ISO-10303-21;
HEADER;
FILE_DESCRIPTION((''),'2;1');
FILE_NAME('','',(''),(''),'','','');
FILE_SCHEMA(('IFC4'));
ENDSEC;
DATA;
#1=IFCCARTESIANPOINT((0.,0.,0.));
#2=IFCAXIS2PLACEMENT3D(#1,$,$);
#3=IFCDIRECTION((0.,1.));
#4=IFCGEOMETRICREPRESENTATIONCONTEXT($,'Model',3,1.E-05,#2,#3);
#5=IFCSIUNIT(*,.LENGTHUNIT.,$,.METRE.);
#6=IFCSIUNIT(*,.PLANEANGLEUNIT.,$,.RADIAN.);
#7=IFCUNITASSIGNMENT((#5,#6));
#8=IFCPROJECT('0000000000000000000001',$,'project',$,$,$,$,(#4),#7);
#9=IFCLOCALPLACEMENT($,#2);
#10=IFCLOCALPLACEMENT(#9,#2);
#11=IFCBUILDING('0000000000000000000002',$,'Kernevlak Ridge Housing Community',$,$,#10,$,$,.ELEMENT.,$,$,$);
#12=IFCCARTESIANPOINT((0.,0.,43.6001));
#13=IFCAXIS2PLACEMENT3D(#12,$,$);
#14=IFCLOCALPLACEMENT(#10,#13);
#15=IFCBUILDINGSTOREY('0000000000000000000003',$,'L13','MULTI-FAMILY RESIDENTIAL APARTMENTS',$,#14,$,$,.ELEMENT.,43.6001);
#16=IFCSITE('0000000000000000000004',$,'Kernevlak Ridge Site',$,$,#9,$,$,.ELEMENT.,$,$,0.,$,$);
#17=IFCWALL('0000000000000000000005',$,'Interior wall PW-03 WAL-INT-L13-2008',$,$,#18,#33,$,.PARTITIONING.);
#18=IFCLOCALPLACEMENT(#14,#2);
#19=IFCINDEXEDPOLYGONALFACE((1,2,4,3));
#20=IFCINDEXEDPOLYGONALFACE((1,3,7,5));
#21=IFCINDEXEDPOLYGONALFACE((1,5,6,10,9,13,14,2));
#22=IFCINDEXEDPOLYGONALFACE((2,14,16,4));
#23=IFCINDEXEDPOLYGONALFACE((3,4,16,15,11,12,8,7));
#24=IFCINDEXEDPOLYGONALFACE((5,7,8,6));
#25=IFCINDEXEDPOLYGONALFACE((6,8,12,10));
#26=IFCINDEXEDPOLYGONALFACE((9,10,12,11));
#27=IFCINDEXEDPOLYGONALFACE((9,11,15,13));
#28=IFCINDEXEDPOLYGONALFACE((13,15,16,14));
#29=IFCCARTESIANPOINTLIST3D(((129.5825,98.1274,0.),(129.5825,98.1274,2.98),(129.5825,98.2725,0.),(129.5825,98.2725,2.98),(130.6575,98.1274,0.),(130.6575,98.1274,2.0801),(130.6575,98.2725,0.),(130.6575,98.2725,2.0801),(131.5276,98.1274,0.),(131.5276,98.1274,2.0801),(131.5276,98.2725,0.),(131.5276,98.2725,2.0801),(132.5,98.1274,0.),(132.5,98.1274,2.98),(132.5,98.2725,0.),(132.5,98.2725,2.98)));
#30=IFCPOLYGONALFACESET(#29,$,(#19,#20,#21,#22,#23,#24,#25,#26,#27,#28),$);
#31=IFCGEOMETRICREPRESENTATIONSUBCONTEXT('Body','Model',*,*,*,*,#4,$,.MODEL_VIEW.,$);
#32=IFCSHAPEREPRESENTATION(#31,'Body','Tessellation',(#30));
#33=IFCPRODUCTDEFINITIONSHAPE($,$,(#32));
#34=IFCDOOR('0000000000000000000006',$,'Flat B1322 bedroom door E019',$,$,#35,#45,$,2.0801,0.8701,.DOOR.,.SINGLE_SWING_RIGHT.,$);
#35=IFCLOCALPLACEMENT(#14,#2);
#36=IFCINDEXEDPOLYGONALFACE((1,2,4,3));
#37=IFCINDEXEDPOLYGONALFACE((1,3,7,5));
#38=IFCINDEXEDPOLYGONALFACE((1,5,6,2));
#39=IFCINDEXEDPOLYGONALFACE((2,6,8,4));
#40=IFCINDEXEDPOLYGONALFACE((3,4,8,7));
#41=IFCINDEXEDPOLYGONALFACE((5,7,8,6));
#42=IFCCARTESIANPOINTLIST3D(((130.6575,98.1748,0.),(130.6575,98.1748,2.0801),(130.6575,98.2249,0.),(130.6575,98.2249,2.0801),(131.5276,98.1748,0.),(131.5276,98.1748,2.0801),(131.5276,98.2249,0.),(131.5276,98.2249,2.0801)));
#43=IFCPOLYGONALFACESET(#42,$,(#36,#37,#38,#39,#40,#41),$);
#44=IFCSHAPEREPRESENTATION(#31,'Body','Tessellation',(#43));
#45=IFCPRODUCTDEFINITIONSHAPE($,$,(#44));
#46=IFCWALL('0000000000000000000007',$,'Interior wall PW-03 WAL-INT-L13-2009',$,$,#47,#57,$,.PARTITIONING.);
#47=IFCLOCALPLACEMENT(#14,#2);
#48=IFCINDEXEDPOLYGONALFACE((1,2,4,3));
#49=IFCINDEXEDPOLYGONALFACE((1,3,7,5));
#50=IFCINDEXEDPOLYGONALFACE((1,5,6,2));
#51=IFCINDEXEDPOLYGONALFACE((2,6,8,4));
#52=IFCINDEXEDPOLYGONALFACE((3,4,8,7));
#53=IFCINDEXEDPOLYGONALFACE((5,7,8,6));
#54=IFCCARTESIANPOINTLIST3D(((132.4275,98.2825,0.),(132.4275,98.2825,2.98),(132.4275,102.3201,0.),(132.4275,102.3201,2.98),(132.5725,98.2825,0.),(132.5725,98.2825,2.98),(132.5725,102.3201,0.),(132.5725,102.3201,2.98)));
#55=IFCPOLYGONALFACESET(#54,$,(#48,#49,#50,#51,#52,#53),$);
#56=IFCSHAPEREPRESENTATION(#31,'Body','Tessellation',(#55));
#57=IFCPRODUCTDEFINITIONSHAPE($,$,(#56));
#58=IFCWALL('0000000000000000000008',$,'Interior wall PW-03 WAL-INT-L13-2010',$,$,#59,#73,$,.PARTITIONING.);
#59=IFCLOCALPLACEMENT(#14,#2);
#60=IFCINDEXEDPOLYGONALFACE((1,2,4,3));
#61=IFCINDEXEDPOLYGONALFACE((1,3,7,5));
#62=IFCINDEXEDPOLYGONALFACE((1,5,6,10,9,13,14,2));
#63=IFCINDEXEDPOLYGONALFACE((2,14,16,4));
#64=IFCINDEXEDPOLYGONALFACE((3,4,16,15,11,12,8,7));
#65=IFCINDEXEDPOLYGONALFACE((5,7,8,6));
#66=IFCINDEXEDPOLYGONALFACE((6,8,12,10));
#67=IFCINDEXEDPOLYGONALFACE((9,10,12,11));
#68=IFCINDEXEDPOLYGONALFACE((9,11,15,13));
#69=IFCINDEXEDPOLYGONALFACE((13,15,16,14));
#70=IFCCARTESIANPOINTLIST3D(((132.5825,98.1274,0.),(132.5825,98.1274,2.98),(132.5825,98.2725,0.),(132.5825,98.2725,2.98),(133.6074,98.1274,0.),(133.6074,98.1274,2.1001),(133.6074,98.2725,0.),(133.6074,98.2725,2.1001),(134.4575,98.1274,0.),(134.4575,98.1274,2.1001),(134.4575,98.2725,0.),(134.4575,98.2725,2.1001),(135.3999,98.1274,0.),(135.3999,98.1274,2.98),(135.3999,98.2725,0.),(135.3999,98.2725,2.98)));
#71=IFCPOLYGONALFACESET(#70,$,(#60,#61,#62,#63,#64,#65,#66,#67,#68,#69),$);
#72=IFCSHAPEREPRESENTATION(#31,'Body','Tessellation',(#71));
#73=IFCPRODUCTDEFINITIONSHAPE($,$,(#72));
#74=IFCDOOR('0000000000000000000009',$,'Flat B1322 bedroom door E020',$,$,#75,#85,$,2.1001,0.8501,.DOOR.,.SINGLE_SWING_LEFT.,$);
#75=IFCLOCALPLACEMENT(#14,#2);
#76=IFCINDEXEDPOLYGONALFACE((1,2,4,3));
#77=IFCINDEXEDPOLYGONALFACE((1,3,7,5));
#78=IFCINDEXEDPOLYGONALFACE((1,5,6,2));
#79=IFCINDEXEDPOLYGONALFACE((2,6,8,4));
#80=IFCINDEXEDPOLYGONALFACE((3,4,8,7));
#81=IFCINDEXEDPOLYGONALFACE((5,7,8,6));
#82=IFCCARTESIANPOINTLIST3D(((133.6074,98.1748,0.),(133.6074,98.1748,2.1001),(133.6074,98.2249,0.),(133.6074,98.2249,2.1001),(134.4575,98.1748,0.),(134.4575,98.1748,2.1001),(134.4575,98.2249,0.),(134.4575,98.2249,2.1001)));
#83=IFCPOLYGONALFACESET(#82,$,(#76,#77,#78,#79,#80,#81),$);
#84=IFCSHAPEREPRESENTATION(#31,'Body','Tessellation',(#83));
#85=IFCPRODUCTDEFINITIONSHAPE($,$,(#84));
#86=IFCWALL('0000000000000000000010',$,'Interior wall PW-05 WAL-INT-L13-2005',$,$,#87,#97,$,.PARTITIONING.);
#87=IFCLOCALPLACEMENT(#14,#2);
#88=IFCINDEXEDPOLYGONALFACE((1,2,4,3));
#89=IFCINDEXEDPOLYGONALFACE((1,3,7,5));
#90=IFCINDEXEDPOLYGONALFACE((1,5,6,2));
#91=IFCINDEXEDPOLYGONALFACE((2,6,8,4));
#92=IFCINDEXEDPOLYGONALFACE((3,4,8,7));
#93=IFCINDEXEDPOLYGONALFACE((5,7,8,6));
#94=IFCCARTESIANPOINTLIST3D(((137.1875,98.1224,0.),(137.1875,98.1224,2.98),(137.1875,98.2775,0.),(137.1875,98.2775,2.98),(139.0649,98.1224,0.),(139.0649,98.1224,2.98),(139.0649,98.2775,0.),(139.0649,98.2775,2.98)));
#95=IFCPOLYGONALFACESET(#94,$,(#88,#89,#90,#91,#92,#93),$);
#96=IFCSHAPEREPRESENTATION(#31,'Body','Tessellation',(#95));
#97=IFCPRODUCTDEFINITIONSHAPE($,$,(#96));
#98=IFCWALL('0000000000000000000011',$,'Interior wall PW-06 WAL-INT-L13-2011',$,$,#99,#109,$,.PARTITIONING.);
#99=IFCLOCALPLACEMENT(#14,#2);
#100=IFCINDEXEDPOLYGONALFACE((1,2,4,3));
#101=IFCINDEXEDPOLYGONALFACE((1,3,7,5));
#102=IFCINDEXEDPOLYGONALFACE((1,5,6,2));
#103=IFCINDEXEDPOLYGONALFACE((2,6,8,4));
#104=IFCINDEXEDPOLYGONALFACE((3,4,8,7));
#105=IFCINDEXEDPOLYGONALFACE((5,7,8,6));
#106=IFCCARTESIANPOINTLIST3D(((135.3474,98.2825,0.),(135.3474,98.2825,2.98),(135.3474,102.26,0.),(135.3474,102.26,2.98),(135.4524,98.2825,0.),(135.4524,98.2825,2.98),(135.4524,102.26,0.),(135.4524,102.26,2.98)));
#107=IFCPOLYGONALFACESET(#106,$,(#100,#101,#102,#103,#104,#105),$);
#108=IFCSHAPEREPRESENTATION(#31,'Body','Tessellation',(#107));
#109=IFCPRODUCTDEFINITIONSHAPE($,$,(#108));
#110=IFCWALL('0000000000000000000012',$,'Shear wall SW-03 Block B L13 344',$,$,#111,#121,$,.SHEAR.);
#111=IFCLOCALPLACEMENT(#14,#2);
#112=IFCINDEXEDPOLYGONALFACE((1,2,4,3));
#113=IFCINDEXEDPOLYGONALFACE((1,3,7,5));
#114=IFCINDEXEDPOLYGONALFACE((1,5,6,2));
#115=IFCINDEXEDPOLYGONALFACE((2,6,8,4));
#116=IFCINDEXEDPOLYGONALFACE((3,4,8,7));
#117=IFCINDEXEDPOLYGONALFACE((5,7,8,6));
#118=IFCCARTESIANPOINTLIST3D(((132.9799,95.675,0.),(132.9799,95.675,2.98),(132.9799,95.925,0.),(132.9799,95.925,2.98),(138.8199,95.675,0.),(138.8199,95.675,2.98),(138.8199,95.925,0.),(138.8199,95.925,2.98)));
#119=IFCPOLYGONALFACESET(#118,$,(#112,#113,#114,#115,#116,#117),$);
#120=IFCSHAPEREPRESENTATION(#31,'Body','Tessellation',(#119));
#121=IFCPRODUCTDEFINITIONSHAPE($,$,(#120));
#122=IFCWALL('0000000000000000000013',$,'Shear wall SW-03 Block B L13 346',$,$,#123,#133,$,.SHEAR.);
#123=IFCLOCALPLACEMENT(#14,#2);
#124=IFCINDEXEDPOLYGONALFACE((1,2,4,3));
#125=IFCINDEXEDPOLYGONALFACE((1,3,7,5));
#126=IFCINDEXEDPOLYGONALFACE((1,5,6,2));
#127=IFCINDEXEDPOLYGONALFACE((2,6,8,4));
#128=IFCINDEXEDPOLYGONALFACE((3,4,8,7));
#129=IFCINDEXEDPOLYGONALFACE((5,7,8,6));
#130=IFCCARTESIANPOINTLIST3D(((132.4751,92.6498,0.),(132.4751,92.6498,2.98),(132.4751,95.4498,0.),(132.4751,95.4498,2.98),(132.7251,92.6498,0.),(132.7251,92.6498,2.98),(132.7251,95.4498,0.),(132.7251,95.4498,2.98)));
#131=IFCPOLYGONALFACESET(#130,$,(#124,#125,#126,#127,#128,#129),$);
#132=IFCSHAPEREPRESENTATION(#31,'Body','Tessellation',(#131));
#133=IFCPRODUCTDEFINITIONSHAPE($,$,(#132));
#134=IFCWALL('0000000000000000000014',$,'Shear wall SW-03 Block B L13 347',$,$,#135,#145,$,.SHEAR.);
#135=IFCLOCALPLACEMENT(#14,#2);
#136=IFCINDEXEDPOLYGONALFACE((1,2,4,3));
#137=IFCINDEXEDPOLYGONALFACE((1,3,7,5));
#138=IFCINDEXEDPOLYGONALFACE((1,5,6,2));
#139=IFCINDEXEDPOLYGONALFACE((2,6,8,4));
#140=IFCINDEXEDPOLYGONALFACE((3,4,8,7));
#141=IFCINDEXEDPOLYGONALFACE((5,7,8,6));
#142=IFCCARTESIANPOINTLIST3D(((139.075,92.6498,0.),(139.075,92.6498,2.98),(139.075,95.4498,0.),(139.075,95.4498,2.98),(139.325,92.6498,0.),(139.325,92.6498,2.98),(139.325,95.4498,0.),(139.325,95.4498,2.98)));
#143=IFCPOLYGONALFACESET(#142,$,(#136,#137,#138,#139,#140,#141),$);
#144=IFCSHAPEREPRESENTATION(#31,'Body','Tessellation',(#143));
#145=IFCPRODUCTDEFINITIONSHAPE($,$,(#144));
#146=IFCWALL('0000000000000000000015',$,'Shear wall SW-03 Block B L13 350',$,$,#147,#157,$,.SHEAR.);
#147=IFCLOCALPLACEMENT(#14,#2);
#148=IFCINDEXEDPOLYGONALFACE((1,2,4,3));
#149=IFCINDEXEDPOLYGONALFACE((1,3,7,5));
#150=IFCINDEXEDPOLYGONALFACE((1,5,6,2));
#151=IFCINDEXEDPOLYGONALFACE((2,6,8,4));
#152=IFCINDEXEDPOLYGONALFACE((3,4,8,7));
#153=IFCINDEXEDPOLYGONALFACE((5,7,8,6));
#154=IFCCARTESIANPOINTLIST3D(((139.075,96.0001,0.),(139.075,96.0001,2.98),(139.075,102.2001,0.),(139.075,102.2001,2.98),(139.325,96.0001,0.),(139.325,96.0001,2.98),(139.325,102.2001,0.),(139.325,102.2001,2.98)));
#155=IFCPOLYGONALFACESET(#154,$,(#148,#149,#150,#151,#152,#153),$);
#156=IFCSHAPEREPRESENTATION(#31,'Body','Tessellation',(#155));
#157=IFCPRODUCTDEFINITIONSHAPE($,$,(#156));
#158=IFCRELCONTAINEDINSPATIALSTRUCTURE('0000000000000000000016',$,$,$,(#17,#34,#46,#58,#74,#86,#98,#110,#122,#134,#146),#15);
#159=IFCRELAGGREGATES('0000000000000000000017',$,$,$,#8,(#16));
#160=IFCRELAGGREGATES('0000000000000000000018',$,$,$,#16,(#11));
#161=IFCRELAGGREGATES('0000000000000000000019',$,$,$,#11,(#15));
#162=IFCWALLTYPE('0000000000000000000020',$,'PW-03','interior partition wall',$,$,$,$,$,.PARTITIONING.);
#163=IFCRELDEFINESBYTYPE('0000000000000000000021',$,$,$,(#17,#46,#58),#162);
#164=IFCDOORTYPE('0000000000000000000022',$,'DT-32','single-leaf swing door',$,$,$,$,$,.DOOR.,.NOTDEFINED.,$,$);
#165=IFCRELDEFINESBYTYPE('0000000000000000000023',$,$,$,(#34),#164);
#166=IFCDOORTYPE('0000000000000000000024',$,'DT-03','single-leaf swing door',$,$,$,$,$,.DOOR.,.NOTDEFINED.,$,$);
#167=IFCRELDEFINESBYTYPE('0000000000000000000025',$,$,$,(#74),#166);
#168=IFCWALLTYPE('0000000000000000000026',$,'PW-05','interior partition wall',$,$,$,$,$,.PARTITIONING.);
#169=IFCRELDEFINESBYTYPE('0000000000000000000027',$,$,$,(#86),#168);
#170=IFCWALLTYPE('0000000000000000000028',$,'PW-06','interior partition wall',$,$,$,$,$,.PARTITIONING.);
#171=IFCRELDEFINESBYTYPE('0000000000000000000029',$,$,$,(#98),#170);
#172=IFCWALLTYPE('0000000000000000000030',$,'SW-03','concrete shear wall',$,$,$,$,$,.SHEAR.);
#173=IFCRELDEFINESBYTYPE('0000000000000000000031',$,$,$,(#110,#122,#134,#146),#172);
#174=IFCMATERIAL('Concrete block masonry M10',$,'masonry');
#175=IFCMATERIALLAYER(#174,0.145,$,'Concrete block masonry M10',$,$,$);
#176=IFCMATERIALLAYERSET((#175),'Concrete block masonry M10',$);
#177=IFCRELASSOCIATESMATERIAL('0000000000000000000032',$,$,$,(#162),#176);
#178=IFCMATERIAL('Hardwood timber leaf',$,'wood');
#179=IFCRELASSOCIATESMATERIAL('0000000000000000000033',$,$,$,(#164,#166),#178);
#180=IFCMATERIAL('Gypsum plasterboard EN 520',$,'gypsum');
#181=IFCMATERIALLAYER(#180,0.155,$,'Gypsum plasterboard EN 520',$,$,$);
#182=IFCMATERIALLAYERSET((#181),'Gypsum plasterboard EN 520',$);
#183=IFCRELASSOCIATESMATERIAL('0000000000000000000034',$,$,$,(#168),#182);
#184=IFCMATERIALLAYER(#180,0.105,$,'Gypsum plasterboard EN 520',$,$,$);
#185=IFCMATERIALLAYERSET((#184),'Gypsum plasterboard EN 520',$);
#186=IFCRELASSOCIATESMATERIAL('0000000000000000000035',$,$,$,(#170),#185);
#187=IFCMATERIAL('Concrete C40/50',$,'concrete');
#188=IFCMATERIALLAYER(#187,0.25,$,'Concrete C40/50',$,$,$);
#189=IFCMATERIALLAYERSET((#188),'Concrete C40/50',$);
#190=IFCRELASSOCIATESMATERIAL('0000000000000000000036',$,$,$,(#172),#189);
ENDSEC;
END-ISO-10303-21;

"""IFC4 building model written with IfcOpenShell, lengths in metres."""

from ifc_helpers import new_model, si_unit, direction, frame, frame_2d, origin, place, context, subcontext, project, spatial, rectangle, extrude, material, layer, layer_set, type_object, element, fill, save


model = new_model("IFC4")

# Units and contexts
model_context = context("Model", 3, precision=1e-05, world=origin(), true_north=direction((0.0, 1.0)))
body_context = subcontext(model_context, "Body", "Model", "MODEL_VIEW")
ifc_project = project(units=[si_unit("LENGTHUNIT", "METRE"), si_unit("PLANEANGLEUNIT", "RADIAN")], contexts=[model_context])

# Site, building, storey
site_placement = place(None, origin())
site = spatial("IfcSite", under=ifc_project, at=site_placement, Name="Kernevlak Ridge Site", CompositionType="ELEMENT", RefElevation=0.0)
building_placement = place(site_placement, origin())
building = spatial("IfcBuilding", under=site, at=building_placement, Name="Kernevlak Ridge Housing Community", CompositionType="ELEMENT")
storey_placement = place(building_placement, frame((0.0, 0.0, 43.6001)))
storey = spatial("IfcBuildingStorey", under=building, at=storey_placement, Name="L13", Description="MULTI-FAMILY RESIDENTIAL APARTMENTS", CompositionType="ELEMENT", Elevation=43.6001)

# Shared definitions
ifc_material_1 = material(Name="Concrete block masonry M10", Category="masonry")

# Shared definitions
ifc_layer_1 = layer(ifc_material_1, 0.145, Name="Concrete block masonry M10")
ifc_layer_set_1 = layer_set([ifc_layer_1], Name="Concrete block masonry M10")
wall_type_1 = type_object("IfcWallType", Name="PW-03", Description="interior partition wall", PredefinedType="PARTITIONING", material=ifc_layer_set_1)

# Wall, opening, door
wall_1_placement = place(storey_placement, frame((129.5825, 98.2, 0.0), z_axis=(0.0, 0.0, 1.0), x_axis=(1.0, 0.0, 0.0)))
wall_1 = element("IfcWall", 1, at=wall_1_placement, inside=storey, type_object=wall_type_1, Name="Interior wall PW-03 WAL-INT-L13-2008", PredefinedType="PARTITIONING", context=body_context, shape_type="SweptSolid", body=[
    extrude(rectangle(XDim=2.9175, YDim=0.145, at=frame_2d((1.4587, 0.0))), origin(), (0.0, 0.0, 1.0), 2.98),
])
opening_1_placement = place(wall_1_placement, frame((1.075, 0.0, 0.0)))
opening_1 = element("IfcOpeningElement", 2, at=opening_1_placement, cuts=wall_1, PredefinedType="OPENING", context=body_context, shape_type="SweptSolid", body=[
    extrude(rectangle(XDim=0.8701, YDim=2.0801, at=frame_2d((0.4351, 1.04))), frame((0.0, 0.0825, 0.0), z_axis=(0.0, -1.0, 0.0), x_axis=(1.0, 0.0, 0.0)), (0.0, 0.0, 1.0), 0.165),
])
ifc_material_2 = material(Name="Hardwood timber leaf", Category="wood")
door_type_1 = type_object("IfcDoorType", Name="DT-32", Description="single-leaf swing door", OperationType="NOTDEFINED", PredefinedType="DOOR", material=ifc_material_2)
door_1_placement = place(opening_1_placement, origin())
door_1 = element("IfcDoor", 3, at=door_1_placement, inside=storey, type_object=door_type_1, Name="Flat B1322 bedroom door E019", OperationType="SINGLE_SWING_RIGHT", OverallHeight=2.0801, OverallWidth=0.8701, PredefinedType="DOOR", context=body_context, shape_type="SweptSolid", body=[
    extrude(rectangle(XDim=0.8701, YDim=2.0801, at=frame_2d((0.4351, 1.04))), frame((0.0, 0.0249, 0.0), z_axis=(0.0, -1.0, 0.0), x_axis=(1.0, 0.0, 0.0)), (0.0, 0.0, 1.0), 0.05),
])
fill(opening_1, door_1)

# Wall
wall_2_placement = place(storey_placement, frame((132.5, 98.2825, 0.0), z_axis=(0.0, 0.0, 1.0), x_axis=(0.0, 1.0, 0.0)))
element("IfcWall", 4, at=wall_2_placement, inside=storey, type_object=wall_type_1, Name="Interior wall PW-03 WAL-INT-L13-2009", PredefinedType="PARTITIONING", context=body_context, shape_type="SweptSolid", body=[
    extrude(rectangle(XDim=4.0376, YDim=0.145, at=frame_2d((2.0188, 0.0))), origin(), (0.0, 0.0, 1.0), 2.98),
])

# Wall, opening, door
wall_3_placement = place(storey_placement, frame((132.5825, 98.2, 0.0), z_axis=(0.0, 0.0, 1.0), x_axis=(1.0, 0.0, 0.0)))
wall_3 = element("IfcWall", 5, at=wall_3_placement, inside=storey, type_object=wall_type_1, Name="Interior wall PW-03 WAL-INT-L13-2010", PredefinedType="PARTITIONING", context=body_context, shape_type="SweptSolid", body=[
    extrude(rectangle(XDim=2.8174, YDim=0.145, at=frame_2d((1.4087, 0.0))), origin(), (0.0, 0.0, 1.0), 2.98),
])
opening_2_placement = place(wall_3_placement, frame((1.0249, 0.0, 0.0)))
opening_2 = element("IfcOpeningElement", 6, at=opening_2_placement, cuts=wall_3, PredefinedType="OPENING", context=body_context, shape_type="SweptSolid", body=[
    extrude(rectangle(XDim=0.8501, YDim=2.1001, at=frame_2d((0.425, 1.05))), frame((0.0, 0.0825, 0.0), z_axis=(0.0, -1.0, 0.0), x_axis=(1.0, 0.0, 0.0)), (0.0, 0.0, 1.0), 0.165),
])
door_type_2 = type_object("IfcDoorType", Name="DT-03", Description="single-leaf swing door", OperationType="NOTDEFINED", PredefinedType="DOOR", material=ifc_material_2)
door_2_placement = place(opening_2_placement, origin())
door_2 = element("IfcDoor", 7, at=door_2_placement, inside=storey, type_object=door_type_2, Name="Flat B1322 bedroom door E020", OperationType="SINGLE_SWING_LEFT", OverallHeight=2.1001, OverallWidth=0.8501, PredefinedType="DOOR", context=body_context, shape_type="SweptSolid", body=[
    extrude(rectangle(XDim=0.8501, YDim=2.1001, at=frame_2d((0.425, 1.05))), frame((0.0, 0.0249, 0.0), z_axis=(0.0, -1.0, 0.0), x_axis=(1.0, 0.0, 0.0)), (0.0, 0.0, 1.0), 0.05),
])
fill(opening_2, door_2)
ifc_material_3 = material(Name="Gypsum plasterboard EN 520", Category="gypsum")
ifc_layer_2 = layer(ifc_material_3, 0.155, Name="Gypsum plasterboard EN 520")
ifc_layer_set_2 = layer_set([ifc_layer_2], Name="Gypsum plasterboard EN 520")
wall_type_2 = type_object("IfcWallType", Name="PW-05", Description="interior partition wall", PredefinedType="PARTITIONING", material=ifc_layer_set_2)

# Walls
wall_4_placement = place(storey_placement, frame((137.1875, 98.2, 0.0), z_axis=(0.0, 0.0, 1.0), x_axis=(1.0, 0.0, 0.0)))
element("IfcWall", 8, at=wall_4_placement, inside=storey, type_object=wall_type_2, Name="Interior wall PW-05 WAL-INT-L13-2005", PredefinedType="PARTITIONING", context=body_context, shape_type="SweptSolid", body=[
    extrude(rectangle(XDim=1.8774, YDim=0.155, at=frame_2d((0.9387, 0.0))), origin(), (0.0, 0.0, 1.0), 2.98),
])
ifc_layer_3 = layer(ifc_material_3, 0.105, Name="Gypsum plasterboard EN 520")
ifc_layer_set_3 = layer_set([ifc_layer_3], Name="Gypsum plasterboard EN 520")
wall_type_3 = type_object("IfcWallType", Name="PW-06", Description="interior partition wall", PredefinedType="PARTITIONING", material=ifc_layer_set_3)
wall_5_placement = place(storey_placement, frame((135.3999, 98.2825, 0.0), z_axis=(0.0, 0.0, 1.0), x_axis=(0.0, 1.0, 0.0)))
element("IfcWall", 9, at=wall_5_placement, inside=storey, type_object=wall_type_3, Name="Interior wall PW-06 WAL-INT-L13-2011", PredefinedType="PARTITIONING", context=body_context, shape_type="SweptSolid", body=[
    extrude(rectangle(XDim=3.9775, YDim=0.105, at=frame_2d((1.9888, 0.0))), origin(), (0.0, 0.0, 1.0), 2.98),
])
ifc_material_4 = material(Name="Concrete C40/50", Category="concrete")
ifc_layer_4 = layer(ifc_material_4, 0.25, Name="Concrete C40/50")
ifc_layer_set_4 = layer_set([ifc_layer_4], Name="Concrete C40/50")
wall_type_4 = type_object("IfcWallType", Name="SW-03", Description="concrete shear wall", PredefinedType="SHEAR", material=ifc_layer_set_4)
wall_6_placement = place(storey_placement, frame((132.98, 95.8, 0.0), z_axis=(0.0, 0.0, 1.0), x_axis=(1.0, 0.0, 0.0)))
element("IfcWall", 10, at=wall_6_placement, inside=storey, type_object=wall_type_4, Name="Shear wall SW-03 Block B L13 344", PredefinedType="SHEAR", context=body_context, shape_type="SweptSolid", body=[
    extrude(rectangle(XDim=5.8401, YDim=0.25, at=frame_2d((2.9199, 0.0))), origin(), (0.0, 0.0, 1.0), 2.98),
])
for number, where, z_axis, x_axis, name in (
    (11, (132.6001, 92.6499, 0.0), (0.0, 0.0, 1.0), (0.0, 1.0, 0.0), "Shear wall SW-03 Block B L13 346"),
    (12, (139.2, 92.6499, 0.0), (0.0, 0.0, 1.0), (0.0, 1.0, 0.0), "Shear wall SW-03 Block B L13 347"),
):
    element("IfcWall", number, at=place(storey_placement, frame(where, z_axis=z_axis, x_axis=x_axis)), inside=storey, type_object=wall_type_4, Name=name, PredefinedType="SHEAR", context=body_context, shape_type="SweptSolid", body=[
        extrude(rectangle(XDim=2.8, YDim=0.25, at=frame_2d((1.3999, 0.0))), origin(), (0.0, 0.0, 1.0), 2.98),
    ])
wall_7_placement = place(storey_placement, frame((139.2, 96.0, 0.0), z_axis=(0.0, 0.0, 1.0), x_axis=(0.0, 1.0, 0.0)))
element("IfcWall", 13, at=wall_7_placement, inside=storey, type_object=wall_type_4, Name="Shear wall SW-03 Block B L13 350", PredefinedType="SHEAR", context=body_context, shape_type="SweptSolid", body=[
    extrude(rectangle(XDim=6.2, YDim=0.25, at=frame_2d((3.1001, 0.0))), origin(), (0.0, 0.0, 1.0), 2.98),
])

save(model, "model.ifc")
